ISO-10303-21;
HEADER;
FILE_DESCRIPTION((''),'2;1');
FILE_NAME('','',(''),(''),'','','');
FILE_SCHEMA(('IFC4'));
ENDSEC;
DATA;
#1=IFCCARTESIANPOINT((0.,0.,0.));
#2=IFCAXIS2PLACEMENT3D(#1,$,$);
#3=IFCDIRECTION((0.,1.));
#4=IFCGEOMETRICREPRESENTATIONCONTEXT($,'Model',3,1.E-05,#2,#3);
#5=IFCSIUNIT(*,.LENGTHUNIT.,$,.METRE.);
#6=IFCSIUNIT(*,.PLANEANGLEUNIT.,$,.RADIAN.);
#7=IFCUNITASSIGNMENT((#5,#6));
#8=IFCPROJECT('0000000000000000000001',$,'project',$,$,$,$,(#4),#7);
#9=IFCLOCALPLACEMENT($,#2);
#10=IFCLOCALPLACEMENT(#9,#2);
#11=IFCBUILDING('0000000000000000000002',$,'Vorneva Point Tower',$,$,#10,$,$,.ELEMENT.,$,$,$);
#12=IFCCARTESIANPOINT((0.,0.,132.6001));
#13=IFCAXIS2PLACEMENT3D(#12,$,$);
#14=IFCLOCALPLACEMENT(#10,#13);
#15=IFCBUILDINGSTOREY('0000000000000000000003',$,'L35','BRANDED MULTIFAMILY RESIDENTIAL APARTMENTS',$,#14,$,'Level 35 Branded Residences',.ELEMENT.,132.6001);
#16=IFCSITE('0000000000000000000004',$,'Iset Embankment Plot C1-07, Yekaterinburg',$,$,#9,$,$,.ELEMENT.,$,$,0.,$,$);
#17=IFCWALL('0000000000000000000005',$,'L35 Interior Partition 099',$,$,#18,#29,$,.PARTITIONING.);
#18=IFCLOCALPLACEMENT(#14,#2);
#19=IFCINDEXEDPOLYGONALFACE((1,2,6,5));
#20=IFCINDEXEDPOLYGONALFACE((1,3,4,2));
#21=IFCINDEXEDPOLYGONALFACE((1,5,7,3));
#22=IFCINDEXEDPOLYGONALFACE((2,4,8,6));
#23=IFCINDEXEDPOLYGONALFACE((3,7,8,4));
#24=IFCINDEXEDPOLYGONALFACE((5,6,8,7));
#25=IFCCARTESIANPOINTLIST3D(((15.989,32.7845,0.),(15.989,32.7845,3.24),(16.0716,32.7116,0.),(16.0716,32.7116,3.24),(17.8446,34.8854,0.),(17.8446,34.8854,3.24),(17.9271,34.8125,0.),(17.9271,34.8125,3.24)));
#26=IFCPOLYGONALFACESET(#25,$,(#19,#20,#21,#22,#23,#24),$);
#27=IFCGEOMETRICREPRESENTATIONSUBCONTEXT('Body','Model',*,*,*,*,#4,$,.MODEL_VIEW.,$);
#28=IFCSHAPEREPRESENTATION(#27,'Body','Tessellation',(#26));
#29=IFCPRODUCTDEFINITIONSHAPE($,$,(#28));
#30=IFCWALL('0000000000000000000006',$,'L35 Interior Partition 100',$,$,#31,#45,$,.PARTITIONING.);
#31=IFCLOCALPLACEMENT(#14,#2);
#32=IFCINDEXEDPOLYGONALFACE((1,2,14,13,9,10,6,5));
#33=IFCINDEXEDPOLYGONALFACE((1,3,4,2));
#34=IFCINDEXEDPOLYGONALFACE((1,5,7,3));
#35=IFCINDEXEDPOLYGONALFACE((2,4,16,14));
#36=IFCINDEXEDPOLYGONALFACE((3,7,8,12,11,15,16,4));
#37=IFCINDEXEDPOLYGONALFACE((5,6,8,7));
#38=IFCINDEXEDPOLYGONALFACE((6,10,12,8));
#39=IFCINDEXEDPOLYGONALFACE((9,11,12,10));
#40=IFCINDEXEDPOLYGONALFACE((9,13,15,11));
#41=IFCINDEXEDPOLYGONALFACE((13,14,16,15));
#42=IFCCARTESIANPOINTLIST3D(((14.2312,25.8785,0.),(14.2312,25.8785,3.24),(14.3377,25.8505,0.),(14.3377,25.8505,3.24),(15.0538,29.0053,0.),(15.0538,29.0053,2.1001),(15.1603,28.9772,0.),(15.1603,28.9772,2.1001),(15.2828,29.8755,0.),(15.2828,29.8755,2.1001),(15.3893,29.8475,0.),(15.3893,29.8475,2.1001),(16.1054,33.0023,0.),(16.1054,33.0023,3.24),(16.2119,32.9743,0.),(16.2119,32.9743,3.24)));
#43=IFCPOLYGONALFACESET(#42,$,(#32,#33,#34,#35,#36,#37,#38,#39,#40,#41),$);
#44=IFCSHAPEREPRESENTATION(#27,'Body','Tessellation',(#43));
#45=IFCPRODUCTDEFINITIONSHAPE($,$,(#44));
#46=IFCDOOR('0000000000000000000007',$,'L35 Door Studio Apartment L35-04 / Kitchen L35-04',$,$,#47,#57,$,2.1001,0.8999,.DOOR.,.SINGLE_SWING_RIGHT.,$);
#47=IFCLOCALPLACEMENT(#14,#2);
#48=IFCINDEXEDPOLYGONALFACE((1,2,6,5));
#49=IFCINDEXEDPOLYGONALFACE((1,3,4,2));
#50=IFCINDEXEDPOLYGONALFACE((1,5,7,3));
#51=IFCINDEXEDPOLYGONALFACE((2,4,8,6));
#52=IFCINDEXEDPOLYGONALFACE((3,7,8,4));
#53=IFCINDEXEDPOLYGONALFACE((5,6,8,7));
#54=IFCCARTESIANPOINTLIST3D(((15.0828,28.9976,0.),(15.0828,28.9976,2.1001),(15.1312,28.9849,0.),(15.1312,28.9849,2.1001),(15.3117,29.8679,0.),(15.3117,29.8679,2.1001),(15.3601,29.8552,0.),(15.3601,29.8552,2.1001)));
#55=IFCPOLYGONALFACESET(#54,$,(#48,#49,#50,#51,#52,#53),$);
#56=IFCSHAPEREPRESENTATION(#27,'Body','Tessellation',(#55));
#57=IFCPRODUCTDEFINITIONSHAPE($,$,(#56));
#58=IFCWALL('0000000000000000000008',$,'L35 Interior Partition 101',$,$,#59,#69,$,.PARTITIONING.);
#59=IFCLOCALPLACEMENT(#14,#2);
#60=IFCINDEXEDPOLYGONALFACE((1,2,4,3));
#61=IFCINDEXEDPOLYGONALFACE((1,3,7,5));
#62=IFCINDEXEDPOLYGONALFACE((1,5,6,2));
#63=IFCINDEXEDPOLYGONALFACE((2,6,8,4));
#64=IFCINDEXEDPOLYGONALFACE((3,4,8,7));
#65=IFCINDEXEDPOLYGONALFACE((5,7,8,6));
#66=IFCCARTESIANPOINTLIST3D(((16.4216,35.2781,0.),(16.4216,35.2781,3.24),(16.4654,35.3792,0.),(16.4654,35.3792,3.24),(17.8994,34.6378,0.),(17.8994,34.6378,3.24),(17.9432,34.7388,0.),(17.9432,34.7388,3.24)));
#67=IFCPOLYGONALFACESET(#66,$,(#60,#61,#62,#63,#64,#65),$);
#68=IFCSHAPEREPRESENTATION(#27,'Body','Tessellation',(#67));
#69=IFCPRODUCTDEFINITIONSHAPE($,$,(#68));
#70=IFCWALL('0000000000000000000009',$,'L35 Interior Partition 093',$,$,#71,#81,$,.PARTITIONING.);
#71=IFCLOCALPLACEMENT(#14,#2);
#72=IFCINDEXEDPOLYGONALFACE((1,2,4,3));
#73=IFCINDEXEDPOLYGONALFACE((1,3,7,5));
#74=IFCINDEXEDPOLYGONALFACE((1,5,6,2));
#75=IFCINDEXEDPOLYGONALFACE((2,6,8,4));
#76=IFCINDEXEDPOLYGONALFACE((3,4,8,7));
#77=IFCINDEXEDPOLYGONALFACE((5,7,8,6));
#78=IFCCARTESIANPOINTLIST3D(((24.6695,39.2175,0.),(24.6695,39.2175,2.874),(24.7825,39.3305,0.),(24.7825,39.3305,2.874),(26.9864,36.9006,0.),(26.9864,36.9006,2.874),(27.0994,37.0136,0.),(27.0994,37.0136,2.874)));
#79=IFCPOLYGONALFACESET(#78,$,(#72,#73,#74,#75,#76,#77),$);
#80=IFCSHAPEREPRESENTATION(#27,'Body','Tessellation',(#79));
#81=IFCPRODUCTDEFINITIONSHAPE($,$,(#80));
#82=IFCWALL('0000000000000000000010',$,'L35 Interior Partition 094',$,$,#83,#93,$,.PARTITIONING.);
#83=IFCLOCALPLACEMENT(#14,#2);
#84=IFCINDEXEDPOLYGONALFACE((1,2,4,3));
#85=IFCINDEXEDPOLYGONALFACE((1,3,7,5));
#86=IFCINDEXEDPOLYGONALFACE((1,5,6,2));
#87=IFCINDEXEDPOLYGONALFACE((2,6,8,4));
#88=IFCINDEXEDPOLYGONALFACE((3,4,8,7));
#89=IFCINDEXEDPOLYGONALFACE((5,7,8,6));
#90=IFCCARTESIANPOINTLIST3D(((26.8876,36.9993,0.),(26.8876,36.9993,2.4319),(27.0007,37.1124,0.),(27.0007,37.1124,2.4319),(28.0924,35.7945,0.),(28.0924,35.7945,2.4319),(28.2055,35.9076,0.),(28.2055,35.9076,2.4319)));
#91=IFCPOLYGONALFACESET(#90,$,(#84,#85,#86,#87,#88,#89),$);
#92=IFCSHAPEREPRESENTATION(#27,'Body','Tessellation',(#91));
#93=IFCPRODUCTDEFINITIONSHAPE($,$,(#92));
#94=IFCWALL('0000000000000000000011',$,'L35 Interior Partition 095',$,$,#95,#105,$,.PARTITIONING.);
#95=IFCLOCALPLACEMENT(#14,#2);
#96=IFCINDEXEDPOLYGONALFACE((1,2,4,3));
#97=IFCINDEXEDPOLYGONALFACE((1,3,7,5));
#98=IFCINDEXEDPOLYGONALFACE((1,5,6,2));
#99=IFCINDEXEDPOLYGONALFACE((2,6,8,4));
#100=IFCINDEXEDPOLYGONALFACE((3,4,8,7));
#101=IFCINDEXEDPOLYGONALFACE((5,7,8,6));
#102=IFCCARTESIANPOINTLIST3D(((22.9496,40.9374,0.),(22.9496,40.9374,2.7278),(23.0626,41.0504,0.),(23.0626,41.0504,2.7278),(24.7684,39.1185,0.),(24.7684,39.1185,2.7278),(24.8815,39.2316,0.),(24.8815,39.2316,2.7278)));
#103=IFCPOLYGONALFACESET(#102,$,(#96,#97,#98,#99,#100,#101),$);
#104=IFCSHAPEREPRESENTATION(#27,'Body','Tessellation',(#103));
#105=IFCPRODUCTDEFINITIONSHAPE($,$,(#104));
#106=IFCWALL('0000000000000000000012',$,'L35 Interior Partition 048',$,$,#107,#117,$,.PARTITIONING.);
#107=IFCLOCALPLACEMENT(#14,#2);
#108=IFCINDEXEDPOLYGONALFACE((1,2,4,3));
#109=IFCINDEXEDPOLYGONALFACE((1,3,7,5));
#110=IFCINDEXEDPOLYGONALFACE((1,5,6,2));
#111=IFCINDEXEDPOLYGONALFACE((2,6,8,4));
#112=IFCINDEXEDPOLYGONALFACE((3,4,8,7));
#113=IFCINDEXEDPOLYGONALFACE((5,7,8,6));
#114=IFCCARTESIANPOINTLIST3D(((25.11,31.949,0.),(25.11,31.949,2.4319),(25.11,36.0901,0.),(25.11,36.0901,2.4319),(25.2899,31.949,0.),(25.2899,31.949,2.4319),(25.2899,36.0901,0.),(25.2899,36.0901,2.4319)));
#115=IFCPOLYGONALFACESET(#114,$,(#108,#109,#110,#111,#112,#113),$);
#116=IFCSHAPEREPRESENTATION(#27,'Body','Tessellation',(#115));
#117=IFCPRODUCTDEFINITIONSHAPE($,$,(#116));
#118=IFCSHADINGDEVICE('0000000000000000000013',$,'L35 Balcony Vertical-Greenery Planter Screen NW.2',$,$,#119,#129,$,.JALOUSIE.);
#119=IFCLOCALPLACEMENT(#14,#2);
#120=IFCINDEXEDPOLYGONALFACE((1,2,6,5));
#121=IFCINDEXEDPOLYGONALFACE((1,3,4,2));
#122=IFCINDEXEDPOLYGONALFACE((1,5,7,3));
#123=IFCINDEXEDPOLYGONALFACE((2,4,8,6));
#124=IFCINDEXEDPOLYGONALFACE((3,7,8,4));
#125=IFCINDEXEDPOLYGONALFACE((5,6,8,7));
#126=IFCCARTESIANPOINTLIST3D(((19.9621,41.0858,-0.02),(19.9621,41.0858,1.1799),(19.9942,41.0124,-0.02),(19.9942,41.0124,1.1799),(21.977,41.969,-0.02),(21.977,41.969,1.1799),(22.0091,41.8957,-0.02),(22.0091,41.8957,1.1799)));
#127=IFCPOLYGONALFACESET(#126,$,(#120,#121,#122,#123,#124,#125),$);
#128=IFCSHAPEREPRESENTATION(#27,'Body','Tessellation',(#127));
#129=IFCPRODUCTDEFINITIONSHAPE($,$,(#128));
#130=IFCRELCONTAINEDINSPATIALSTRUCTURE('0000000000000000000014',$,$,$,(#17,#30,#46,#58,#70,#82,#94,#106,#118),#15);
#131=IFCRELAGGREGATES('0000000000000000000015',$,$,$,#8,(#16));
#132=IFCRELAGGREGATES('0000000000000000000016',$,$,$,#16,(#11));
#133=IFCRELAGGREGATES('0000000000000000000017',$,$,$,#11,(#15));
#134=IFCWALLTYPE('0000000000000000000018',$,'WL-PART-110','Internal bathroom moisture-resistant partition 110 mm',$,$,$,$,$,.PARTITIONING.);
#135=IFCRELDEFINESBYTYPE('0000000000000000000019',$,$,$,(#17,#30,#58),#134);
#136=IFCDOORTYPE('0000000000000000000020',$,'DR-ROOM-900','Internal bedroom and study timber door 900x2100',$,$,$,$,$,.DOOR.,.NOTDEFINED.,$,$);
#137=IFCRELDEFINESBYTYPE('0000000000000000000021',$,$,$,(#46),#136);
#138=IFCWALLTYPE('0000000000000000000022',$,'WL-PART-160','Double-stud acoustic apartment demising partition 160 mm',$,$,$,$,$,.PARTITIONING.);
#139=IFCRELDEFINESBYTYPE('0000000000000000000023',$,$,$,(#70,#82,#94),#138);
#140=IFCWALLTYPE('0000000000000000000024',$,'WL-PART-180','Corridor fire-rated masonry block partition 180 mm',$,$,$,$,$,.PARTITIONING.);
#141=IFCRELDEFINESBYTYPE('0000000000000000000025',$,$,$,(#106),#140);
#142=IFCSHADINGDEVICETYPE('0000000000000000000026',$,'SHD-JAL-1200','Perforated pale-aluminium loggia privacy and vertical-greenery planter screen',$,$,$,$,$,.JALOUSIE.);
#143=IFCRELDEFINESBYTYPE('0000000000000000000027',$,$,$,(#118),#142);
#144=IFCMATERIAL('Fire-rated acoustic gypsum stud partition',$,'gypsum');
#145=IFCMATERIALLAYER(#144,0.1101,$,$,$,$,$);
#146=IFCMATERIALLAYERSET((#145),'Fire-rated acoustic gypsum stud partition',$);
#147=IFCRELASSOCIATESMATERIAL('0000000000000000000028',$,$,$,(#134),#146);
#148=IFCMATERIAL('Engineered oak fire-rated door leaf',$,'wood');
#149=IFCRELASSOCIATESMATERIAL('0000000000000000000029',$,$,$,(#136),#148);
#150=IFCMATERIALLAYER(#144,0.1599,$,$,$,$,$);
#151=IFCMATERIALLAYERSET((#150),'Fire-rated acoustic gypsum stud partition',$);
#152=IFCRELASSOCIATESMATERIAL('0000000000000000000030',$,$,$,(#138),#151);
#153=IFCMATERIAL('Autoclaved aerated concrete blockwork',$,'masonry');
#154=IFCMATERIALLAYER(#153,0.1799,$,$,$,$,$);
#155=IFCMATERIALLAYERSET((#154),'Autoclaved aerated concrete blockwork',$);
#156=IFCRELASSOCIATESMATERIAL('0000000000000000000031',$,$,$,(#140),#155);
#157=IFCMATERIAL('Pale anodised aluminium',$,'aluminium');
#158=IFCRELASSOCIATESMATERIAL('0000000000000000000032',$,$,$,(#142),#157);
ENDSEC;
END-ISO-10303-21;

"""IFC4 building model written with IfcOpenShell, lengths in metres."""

from ifc_helpers import new_model, si_unit, direction, frame, frame_2d, origin, origin_2d, place, context, subcontext, project, spatial, rectangle, extrude, material, layer, layer_set, type_object, element, fill, save


model = new_model("IFC4")

# Units and contexts
model_context = context("Model", 3, precision=1e-05, world=origin(), true_north=direction((0.0, 1.0)))
body_context = subcontext(model_context, "Body", "Model", "MODEL_VIEW")
ifc_project = project(units=[si_unit("LENGTHUNIT", "METRE"), si_unit("PLANEANGLEUNIT", "RADIAN")], contexts=[model_context])

# Site, building, storey
site_placement = place(None, origin())
site = spatial("IfcSite", under=ifc_project, at=site_placement, Name="Iset Embankment Plot C1-07, Yekaterinburg", CompositionType="ELEMENT", RefElevation=0.0)
building_placement = place(site_placement, origin())
building = spatial("IfcBuilding", under=site, at=building_placement, Name="Vorneva Point Tower", CompositionType="ELEMENT")
storey_placement = place(building_placement, frame((0.0, 0.0, 132.6001)))
storey = spatial("IfcBuildingStorey", under=building, at=storey_placement, Name="L35", Description="BRANDED MULTIFAMILY RESIDENTIAL APARTMENTS", LongName="Level 35 Branded Residences", CompositionType="ELEMENT", Elevation=132.6001)

# Shared definitions
ifc_material_1 = material(Name="Pale anodised aluminium", Category="aluminium")

# Shared definitions
ifc_material_2 = material(Name="Fire-rated acoustic gypsum stud partition", Category="gypsum")
ifc_layer_1 = layer(ifc_material_2, 0.1101)
ifc_layer_set_1 = layer_set([ifc_layer_1], Name="Fire-rated acoustic gypsum stud partition")
wall_type_1 = type_object("IfcWallType", Name="WL-PART-110", Description="Internal bathroom moisture-resistant partition 110 mm", PredefinedType="PARTITIONING", material=ifc_layer_set_1)
ifc_material_3 = material(Name="Engineered oak fire-rated door leaf", Category="wood")

# Wall
wall_1_placement = place(storey_placement, frame((17.8857, 34.8489, 0.0), z_axis=(0.0, 0.0, 1.0), x_axis=(-0.661982, -0.74952, 0.0)))
element("IfcWall", 1, at=wall_1_placement, inside=storey, type_object=wall_type_1, Name="L35 Interior Partition 099", PredefinedType="PARTITIONING", context=body_context, shape_type="SweptSolid", body=[
    extrude(rectangle(XDim=2.803, YDim=0.1101, at=frame_2d((1.4014, 0.0))), origin(), (0.0, 0.0, 1.0), 3.24),
])

# Wall, opening, door
wall_2_placement = place(storey_placement, frame((16.1587, 32.9883, 0.0), z_axis=(0.0, 0.0, 1.0), x_axis=(-0.254441, -0.967088, 0.0)))
wall_2 = element("IfcWall", 2, at=wall_2_placement, inside=storey, type_object=wall_type_1, Name="L35 Interior Partition 100", PredefinedType="PARTITIONING", context=body_context, shape_type="SweptSolid", body=[
    extrude(rectangle(XDim=7.3662, YDim=0.1101, at=frame_2d((3.6831, 0.0))), origin(), (0.0, 0.0, 1.0), 3.24),
])
opening_1_placement = place(wall_2_placement, frame((3.2332, 0.0, 0.0)))
opening_1 = element("IfcOpeningElement", 3, at=opening_1_placement, cuts=wall_2, PredefinedType="OPENING", context=body_context, shape_type="SweptSolid", body=[
    extrude(rectangle(XDim=0.8999, YDim=2.1001, at=frame_2d((0.45, 1.05))), frame((0.0, 0.0698, 0.0), z_axis=(0.0, -1.0, 0.0), x_axis=(1.0, 0.0, 0.0)), (0.0, 0.0, 1.0), 0.1399),
])
door_type_1 = type_object("IfcDoorType", Name="DR-ROOM-900", Description="Internal bedroom and study timber door 900x2100", OperationType="NOTDEFINED", PredefinedType="DOOR", material=ifc_material_3)
door_1_placement = place(opening_1_placement, origin())
door_1 = element("IfcDoor", 4, at=door_1_placement, inside=storey, type_object=door_type_1, Name="L35 Door Studio Apartment L35-04 / Kitchen L35-04", OperationType="SINGLE_SWING_RIGHT", OverallHeight=2.1001, OverallWidth=0.8999, PredefinedType="DOOR", context=body_context, shape_type="SweptSolid", body=[
    extrude(rectangle(XDim=0.8999, YDim=2.1001, at=frame_2d((0.45, 1.05))), frame((0.0, 0.0249, 0.0), z_axis=(0.0, -1.0, 0.0), x_axis=(1.0, 0.0, 0.0)), (0.0, 0.0, 1.0), 0.05),
])
fill(opening_1, door_1)

# Walls
wall_3_placement = place(storey_placement, frame((16.4436, 35.3286, 0.0), z_axis=(0.0, 0.0, 1.0), x_axis=(0.917554, -0.397612, 0.0)))
element("IfcWall", 5, at=wall_3_placement, inside=storey, type_object=wall_type_1, Name="L35 Interior Partition 101", PredefinedType="PARTITIONING", context=body_context, shape_type="SweptSolid", body=[
    extrude(rectangle(XDim=1.6106, YDim=0.1101, at=frame_2d((0.8052, 0.0))), origin(), (0.0, 0.0, 1.0), 3.24),
])
ifc_layer_2 = layer(ifc_material_2, 0.1599)
ifc_layer_set_2 = layer_set([ifc_layer_2], Name="Fire-rated acoustic gypsum stud partition")
wall_type_2 = type_object("IfcWallType", Name="WL-PART-160", Description="Double-stud acoustic apartment demising partition 160 mm", PredefinedType="PARTITIONING", material=ifc_layer_set_2)
wall_4_placement = place(storey_placement, frame((24.7261, 39.2739, 0.0), z_axis=(0.0, 0.0, 1.0), x_axis=(0.707107, -0.707107, 0.0)))
element("IfcWall", 6, at=wall_4_placement, inside=storey, type_object=wall_type_2, Name="L35 Interior Partition 093", PredefinedType="PARTITIONING", context=body_context, shape_type="SweptSolid", body=[
    extrude(rectangle(XDim=3.2766, YDim=0.1599, at=frame_2d((1.6382, 0.0))), origin(), (0.0, 0.0, 1.0), 2.874),
])
wall_5_placement = place(storey_placement, frame((26.9441, 37.0559, 0.0), z_axis=(0.0, 0.0, 1.0), x_axis=(0.707107, -0.707107, 0.0)))
element("IfcWall", 7, at=wall_5_placement, inside=storey, type_object=wall_type_2, Name="L35 Interior Partition 094", PredefinedType="PARTITIONING", context=body_context, shape_type="SweptSolid", body=[
    extrude(rectangle(XDim=1.7039, YDim=0.1599, at=frame_2d((0.8521, 0.0))), origin(), (0.0, 0.0, 1.0), 2.4319),
])
wall_6_placement = place(storey_placement, frame((23.0061, 40.9939, 0.0), z_axis=(0.0, 0.0, 1.0), x_axis=(0.707107, -0.707107, 0.0)))
element("IfcWall", 8, at=wall_6_placement, inside=storey, type_object=wall_type_2, Name="L35 Interior Partition 095", PredefinedType="PARTITIONING", context=body_context, shape_type="SweptSolid", body=[
    extrude(rectangle(XDim=2.5723, YDim=0.1599, at=frame_2d((1.2861, 0.0))), origin(), (0.0, 0.0, 1.0), 2.7278),
])
ifc_material_4 = material(Name="Autoclaved aerated concrete blockwork", Category="masonry")
ifc_layer_3 = layer(ifc_material_4, 0.1799)
ifc_layer_set_3 = layer_set([ifc_layer_3], Name="Autoclaved aerated concrete blockwork")
wall_type_3 = type_object("IfcWallType", Name="WL-PART-180", Description="Corridor fire-rated masonry block partition 180 mm", PredefinedType="PARTITIONING", material=ifc_layer_set_3)
wall_7_placement = place(storey_placement, frame((25.2, 36.0901, 0.0), z_axis=(0.0, 0.0, 1.0), x_axis=(0.0, -1.0, 0.0)))
element("IfcWall", 9, at=wall_7_placement, inside=storey, type_object=wall_type_3, Name="L35 Interior Partition 048", PredefinedType="PARTITIONING", context=body_context, shape_type="SweptSolid", body=[
    extrude(rectangle(XDim=4.1411, YDim=0.1799, at=frame_2d((2.0706, 0.0))), origin(), (0.0, 0.0, 1.0), 2.4319),
])

# Shading device
shading_device_type = type_object("IfcShadingDeviceType", Name="SHD-JAL-1200", Description="Perforated pale-aluminium loggia privacy and vertical-greenery planter screen", PredefinedType="JALOUSIE", material=ifc_material_1)
shading_device_placement = place(storey_placement, frame((20.9856, 41.4907, -0.02), z_axis=(0.0, 0.0, 1.0), x_axis=(-0.915866, -0.401484, 0.0)))
element("IfcShadingDevice", 10, at=shading_device_placement, inside=storey, type_object=shading_device_type, Name="L35 Balcony Vertical-Greenery Planter Screen NW.2", PredefinedType="JALOUSIE", context=body_context, shape_type="SweptSolid", body=[
    extrude(rectangle(XDim=2.2, YDim=0.0801, at=origin_2d()), origin(), (0.0, 0.0, 1.0), 1.2),
])

save(model, "model.ifc")
